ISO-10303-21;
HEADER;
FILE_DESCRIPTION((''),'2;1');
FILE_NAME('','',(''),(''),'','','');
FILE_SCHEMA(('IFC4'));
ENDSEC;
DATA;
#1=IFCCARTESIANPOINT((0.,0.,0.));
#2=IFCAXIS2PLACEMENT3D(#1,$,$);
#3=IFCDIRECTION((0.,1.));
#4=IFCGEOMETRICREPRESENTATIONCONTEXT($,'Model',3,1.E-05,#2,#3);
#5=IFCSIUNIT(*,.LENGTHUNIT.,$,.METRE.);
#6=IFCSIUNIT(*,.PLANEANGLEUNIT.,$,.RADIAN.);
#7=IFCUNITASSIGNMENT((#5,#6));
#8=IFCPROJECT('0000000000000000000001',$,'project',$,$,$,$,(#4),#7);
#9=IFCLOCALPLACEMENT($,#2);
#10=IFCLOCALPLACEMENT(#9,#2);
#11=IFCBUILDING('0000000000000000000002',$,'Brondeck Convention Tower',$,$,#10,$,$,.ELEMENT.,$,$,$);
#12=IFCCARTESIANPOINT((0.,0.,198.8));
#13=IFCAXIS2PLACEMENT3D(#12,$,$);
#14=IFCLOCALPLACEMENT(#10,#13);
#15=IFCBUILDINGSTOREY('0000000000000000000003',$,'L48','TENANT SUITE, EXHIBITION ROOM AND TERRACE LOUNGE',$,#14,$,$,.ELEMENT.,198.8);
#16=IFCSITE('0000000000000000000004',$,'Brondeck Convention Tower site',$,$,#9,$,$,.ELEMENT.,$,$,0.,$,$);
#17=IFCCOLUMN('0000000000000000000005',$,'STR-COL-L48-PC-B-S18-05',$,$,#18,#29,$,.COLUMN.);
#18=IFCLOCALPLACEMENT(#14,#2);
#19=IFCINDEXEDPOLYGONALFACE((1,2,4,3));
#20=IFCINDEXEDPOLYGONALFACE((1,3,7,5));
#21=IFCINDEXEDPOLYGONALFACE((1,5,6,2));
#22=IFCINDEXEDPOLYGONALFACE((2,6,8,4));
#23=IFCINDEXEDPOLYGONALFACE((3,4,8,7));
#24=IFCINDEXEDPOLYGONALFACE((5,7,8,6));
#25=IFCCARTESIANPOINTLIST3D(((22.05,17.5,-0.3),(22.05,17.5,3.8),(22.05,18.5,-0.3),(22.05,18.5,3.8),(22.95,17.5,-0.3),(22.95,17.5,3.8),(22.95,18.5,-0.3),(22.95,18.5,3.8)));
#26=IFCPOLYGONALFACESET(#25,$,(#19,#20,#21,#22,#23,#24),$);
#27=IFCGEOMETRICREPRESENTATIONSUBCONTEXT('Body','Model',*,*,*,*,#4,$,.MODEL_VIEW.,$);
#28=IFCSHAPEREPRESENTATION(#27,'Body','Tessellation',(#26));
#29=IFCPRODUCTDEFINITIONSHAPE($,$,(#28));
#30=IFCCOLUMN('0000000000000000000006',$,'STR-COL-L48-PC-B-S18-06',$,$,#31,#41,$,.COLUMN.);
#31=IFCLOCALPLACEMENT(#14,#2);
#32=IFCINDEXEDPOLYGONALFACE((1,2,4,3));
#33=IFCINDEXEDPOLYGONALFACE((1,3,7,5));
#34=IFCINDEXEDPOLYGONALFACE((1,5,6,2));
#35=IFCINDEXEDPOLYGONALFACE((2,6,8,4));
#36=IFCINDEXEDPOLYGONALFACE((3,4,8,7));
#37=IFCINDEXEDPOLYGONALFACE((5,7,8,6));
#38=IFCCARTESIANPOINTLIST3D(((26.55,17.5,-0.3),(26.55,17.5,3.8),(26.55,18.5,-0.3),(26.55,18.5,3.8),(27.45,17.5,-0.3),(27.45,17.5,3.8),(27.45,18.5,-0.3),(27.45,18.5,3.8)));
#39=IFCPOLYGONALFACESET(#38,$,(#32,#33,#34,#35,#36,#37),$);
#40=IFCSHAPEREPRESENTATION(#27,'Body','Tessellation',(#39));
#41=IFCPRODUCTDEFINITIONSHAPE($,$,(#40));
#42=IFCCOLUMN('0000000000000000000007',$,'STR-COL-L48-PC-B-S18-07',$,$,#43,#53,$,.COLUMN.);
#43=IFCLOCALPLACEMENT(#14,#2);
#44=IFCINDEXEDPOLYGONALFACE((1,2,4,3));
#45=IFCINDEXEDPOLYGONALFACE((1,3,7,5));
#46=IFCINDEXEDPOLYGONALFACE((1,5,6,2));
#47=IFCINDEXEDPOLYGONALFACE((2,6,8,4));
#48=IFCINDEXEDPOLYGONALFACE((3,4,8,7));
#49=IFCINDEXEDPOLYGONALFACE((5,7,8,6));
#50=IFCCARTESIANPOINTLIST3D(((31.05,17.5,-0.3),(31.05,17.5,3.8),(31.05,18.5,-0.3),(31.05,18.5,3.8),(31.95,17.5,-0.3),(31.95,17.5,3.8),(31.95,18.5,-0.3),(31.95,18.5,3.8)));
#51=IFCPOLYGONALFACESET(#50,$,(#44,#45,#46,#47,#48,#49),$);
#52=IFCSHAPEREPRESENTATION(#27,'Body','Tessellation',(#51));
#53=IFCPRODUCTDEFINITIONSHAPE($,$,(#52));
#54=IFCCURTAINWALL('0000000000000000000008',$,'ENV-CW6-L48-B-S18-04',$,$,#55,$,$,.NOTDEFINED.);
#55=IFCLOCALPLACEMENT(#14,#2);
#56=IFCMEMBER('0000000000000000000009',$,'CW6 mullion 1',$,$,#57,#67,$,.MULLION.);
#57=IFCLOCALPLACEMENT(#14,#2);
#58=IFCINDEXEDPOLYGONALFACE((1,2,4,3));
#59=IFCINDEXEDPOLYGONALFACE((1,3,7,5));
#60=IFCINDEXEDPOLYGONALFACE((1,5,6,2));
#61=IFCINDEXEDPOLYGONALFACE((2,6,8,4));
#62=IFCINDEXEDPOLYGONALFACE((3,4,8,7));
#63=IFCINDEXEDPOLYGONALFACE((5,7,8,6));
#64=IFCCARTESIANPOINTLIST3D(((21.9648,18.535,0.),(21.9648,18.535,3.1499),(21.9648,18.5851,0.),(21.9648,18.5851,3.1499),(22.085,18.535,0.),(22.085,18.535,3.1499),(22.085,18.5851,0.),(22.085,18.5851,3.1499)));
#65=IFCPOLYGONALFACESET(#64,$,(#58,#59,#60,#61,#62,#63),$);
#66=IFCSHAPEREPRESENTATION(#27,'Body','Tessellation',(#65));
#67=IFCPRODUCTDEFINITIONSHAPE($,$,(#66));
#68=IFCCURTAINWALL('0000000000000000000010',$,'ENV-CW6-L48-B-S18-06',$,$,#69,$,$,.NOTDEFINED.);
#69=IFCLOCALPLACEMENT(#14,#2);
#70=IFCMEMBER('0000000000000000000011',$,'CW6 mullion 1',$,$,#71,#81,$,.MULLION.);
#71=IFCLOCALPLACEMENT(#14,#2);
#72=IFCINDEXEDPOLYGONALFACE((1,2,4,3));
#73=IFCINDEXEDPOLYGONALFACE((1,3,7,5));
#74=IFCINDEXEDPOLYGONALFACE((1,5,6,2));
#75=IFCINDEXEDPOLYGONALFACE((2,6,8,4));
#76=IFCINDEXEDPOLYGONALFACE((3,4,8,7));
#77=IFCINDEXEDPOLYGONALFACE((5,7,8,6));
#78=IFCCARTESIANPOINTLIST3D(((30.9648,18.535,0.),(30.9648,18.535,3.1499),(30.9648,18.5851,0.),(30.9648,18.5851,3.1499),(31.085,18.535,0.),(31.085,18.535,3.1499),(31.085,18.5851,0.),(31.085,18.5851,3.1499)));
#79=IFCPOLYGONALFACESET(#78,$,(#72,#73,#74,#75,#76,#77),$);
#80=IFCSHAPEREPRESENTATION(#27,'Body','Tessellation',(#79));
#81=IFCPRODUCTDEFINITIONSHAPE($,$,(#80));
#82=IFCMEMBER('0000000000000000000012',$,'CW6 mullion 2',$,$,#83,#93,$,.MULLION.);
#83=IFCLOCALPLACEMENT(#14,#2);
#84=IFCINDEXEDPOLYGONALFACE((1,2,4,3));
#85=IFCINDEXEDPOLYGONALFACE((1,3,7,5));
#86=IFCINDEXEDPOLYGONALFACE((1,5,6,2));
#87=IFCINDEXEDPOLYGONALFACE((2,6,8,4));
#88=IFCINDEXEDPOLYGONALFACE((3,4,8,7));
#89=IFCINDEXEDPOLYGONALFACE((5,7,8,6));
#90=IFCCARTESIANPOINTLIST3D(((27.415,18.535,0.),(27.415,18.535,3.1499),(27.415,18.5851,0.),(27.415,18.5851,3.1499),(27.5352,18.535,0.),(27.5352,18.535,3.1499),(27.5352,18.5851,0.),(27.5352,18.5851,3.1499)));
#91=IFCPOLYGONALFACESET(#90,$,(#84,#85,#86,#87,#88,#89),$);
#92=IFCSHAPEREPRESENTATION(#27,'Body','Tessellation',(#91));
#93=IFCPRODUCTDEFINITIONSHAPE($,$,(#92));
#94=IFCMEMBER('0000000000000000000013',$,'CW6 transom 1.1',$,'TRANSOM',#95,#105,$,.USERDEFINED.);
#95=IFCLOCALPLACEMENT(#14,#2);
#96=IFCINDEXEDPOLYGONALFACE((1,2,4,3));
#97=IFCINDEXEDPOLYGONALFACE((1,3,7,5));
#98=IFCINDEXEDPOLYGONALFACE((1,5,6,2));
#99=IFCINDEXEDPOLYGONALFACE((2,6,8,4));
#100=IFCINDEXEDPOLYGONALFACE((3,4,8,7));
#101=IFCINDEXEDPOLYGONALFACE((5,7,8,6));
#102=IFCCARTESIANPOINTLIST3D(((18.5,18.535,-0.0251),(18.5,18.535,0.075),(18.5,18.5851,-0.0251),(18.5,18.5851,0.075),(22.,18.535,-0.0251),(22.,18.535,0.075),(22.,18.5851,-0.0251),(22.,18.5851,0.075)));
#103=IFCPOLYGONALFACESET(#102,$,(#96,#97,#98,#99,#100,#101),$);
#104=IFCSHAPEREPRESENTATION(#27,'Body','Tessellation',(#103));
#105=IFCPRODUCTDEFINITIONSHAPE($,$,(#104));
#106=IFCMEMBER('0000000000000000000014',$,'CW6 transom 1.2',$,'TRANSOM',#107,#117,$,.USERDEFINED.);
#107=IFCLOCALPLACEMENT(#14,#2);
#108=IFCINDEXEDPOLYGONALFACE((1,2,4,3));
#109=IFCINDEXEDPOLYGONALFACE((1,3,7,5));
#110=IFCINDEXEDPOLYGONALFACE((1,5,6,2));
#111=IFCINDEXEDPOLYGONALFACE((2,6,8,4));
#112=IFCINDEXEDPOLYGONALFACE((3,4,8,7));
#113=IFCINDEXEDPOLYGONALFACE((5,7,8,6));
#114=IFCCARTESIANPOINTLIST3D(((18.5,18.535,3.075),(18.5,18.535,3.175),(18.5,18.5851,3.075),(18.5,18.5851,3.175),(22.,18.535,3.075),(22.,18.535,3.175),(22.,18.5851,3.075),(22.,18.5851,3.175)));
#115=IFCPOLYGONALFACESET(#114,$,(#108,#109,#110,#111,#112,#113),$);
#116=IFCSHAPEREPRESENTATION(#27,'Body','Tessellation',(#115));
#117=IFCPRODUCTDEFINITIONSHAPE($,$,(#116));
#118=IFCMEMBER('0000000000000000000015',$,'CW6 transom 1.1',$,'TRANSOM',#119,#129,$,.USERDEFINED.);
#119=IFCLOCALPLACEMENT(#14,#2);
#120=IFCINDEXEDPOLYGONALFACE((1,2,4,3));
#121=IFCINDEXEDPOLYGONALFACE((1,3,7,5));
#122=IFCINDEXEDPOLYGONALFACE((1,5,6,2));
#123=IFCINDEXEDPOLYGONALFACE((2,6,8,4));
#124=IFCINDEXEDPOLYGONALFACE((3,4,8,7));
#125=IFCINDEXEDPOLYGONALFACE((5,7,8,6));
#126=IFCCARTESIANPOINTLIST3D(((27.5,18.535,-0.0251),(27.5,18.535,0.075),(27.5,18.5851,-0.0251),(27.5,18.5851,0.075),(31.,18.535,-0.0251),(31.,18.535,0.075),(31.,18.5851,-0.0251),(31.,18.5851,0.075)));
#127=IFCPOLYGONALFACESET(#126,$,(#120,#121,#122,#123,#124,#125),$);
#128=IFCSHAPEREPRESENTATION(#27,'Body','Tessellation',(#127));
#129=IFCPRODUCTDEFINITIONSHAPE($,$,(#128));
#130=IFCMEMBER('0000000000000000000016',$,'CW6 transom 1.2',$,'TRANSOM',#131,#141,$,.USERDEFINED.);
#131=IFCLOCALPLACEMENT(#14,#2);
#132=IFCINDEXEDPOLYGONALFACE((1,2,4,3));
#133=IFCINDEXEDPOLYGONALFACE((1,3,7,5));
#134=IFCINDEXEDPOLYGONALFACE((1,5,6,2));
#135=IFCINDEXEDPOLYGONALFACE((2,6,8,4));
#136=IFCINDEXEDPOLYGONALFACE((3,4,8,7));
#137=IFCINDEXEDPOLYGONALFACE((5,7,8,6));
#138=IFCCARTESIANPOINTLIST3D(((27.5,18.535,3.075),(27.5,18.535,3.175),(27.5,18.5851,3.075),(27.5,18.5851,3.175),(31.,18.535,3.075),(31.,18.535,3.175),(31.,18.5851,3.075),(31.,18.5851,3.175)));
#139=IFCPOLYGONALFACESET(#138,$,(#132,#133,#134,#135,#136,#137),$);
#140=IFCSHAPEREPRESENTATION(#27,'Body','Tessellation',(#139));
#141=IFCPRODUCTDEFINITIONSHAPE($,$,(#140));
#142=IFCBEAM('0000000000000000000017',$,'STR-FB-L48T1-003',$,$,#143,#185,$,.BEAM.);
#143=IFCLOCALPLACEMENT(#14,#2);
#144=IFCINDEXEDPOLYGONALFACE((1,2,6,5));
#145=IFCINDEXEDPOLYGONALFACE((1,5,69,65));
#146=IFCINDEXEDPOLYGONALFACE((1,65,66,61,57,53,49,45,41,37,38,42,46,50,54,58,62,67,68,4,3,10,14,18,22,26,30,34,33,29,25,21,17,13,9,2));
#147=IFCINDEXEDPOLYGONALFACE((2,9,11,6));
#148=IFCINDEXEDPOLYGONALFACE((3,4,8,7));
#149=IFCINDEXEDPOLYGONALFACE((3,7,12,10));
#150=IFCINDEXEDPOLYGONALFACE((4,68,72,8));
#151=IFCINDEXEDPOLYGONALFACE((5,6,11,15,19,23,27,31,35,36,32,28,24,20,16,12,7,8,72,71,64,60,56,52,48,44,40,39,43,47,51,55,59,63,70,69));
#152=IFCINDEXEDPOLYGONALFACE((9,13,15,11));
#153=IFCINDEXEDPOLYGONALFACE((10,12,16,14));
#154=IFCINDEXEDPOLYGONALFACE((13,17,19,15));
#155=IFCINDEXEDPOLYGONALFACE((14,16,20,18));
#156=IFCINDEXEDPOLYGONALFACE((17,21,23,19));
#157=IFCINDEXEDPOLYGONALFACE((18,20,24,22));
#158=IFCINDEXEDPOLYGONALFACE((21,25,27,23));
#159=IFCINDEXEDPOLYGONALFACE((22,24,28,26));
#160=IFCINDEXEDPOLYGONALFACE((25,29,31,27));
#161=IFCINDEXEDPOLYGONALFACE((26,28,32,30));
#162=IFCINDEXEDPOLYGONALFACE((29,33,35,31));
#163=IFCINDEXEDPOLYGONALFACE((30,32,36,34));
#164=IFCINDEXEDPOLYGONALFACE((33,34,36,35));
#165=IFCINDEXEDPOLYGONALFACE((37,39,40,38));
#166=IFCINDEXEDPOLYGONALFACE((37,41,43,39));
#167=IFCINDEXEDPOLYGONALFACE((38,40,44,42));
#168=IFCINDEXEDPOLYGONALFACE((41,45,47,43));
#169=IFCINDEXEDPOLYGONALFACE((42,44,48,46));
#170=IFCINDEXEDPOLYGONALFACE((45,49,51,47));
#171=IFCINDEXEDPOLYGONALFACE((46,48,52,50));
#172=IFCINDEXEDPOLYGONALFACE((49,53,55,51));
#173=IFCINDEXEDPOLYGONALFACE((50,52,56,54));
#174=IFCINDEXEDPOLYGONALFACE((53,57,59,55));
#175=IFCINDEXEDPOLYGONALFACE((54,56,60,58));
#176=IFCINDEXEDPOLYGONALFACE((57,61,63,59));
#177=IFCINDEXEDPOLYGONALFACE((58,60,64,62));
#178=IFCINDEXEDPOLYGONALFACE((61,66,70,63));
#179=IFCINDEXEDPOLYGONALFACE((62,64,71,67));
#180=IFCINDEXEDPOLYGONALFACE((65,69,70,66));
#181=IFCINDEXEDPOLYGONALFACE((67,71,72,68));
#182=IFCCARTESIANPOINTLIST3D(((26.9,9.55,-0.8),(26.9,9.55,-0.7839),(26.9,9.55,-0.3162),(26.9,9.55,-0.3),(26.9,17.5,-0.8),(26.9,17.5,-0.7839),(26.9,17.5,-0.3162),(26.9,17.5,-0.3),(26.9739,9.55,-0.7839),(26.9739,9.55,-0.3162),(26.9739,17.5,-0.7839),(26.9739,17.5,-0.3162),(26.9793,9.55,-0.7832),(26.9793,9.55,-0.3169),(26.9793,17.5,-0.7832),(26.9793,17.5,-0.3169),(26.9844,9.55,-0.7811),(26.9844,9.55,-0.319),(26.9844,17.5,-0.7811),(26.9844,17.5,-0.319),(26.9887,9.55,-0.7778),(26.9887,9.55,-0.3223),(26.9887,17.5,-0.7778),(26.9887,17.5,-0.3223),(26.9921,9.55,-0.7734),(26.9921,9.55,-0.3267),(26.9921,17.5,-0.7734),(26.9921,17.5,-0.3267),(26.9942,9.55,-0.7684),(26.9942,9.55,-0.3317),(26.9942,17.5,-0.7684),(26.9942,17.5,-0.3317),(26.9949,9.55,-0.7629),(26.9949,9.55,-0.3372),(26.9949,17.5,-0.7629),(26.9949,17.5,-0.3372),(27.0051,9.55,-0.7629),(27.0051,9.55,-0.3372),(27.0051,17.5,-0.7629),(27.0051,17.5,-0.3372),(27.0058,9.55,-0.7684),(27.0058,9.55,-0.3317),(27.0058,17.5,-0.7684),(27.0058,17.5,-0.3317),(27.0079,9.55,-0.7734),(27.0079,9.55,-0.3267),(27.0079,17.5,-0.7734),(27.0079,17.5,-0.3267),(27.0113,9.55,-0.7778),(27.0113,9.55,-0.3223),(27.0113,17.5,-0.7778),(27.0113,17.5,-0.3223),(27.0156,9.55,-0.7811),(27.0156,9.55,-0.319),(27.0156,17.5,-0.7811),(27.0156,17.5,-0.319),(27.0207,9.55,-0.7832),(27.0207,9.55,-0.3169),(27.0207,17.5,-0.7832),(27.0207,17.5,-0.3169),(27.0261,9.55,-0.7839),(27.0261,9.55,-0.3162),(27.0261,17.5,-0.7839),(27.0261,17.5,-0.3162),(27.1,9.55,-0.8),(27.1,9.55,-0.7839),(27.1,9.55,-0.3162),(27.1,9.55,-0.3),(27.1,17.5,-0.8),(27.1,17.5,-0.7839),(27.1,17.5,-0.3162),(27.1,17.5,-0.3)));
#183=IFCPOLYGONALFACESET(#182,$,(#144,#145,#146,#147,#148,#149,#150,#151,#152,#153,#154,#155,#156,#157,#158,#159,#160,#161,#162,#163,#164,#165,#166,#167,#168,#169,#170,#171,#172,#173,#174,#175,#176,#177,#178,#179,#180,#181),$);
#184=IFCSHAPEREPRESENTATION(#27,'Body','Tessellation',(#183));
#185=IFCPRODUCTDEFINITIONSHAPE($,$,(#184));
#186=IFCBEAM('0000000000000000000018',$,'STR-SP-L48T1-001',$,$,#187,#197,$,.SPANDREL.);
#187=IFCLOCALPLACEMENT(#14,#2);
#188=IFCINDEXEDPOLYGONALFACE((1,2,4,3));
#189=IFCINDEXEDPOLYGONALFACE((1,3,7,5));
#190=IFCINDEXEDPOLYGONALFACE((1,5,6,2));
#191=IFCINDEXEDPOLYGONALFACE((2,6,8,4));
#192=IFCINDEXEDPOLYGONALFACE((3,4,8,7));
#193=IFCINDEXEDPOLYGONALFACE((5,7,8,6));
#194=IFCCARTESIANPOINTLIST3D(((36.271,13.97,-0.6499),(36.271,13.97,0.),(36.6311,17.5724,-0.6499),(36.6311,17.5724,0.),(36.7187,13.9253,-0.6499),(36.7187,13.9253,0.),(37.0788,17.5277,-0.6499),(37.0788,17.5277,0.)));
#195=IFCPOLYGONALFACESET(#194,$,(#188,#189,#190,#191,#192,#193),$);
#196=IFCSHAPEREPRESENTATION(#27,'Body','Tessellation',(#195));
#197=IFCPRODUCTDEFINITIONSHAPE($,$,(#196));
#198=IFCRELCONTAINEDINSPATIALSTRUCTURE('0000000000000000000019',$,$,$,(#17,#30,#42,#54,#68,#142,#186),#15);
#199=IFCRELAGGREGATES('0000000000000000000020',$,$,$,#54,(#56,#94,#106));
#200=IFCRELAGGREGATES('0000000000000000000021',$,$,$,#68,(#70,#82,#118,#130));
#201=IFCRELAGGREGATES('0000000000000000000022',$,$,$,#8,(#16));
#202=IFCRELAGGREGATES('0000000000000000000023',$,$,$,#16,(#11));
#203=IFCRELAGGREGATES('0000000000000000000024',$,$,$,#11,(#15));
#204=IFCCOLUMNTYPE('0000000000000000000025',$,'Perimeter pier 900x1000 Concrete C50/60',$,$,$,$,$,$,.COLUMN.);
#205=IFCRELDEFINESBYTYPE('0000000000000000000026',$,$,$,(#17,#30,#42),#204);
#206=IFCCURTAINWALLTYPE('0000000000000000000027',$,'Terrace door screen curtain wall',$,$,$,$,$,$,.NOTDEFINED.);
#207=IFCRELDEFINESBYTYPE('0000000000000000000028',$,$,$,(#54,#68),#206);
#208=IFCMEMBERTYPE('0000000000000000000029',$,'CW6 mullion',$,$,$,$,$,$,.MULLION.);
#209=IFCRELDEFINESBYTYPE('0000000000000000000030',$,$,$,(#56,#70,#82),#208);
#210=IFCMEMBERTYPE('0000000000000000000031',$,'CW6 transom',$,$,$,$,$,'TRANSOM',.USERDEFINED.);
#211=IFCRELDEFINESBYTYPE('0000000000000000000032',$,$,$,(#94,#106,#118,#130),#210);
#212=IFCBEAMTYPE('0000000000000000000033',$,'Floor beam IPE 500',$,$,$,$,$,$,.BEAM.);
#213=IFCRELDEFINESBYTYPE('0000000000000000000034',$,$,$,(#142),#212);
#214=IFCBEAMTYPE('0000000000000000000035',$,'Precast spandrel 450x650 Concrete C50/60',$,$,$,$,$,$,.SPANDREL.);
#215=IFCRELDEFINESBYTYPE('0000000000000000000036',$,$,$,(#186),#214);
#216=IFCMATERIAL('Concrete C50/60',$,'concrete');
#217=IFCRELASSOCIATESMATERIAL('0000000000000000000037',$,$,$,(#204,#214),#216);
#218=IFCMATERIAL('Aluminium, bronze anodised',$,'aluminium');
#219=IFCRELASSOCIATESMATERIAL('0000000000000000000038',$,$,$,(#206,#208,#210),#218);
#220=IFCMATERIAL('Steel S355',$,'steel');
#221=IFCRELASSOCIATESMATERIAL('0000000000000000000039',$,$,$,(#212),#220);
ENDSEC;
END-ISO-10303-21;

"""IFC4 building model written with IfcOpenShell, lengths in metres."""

from ifc_helpers import new_model, si_unit, direction, frame, origin, origin_2d, place, context, subcontext, project, spatial, rectangle, i_section, extrude, material, material_profile, profile_set, type_object, element, aggregate, save


model = new_model("IFC4")

# Units and contexts
model_context = context("Model", 3, precision=1e-05, world=origin(), true_north=direction((0.0, 1.0)))
body_context = subcontext(model_context, "Body", "Model", "MODEL_VIEW")
ifc_project = project(units=[si_unit("LENGTHUNIT", "METRE"), si_unit("PLANEANGLEUNIT", "RADIAN")], contexts=[model_context])

# Site, building, storey
site_placement = place(None, origin())
site = spatial("IfcSite", under=ifc_project, at=site_placement, Name="Brondeck Convention Tower site", CompositionType="ELEMENT", RefElevation=0.0)
building_placement = place(site_placement, origin())
building = spatial("IfcBuilding", under=site, at=building_placement, Name="Brondeck Convention Tower", CompositionType="ELEMENT")
storey_placement = place(building_placement, frame((0.0, 0.0, 198.8)))
storey = spatial("IfcBuildingStorey", under=building, at=storey_placement, Name="L48", Description="TENANT SUITE, EXHIBITION ROOM AND TERRACE LOUNGE", CompositionType="ELEMENT", Elevation=198.8)

# Columns
ifc_material_1 = material(Name="Concrete C50/60", Category="concrete")
ifc_material_profile_1 = material_profile(ifc_material_1, rectangle(XDim=0.8999, YDim=1.0, at=origin_2d()), Name="Perimeter pier 900x1000 Concrete C50/60")
ifc_profile_set_1 = profile_set([ifc_material_profile_1], Name="Concrete C50/60")
column_type = type_object("IfcColumnType", Name="Perimeter pier 900x1000 Concrete C50/60", PredefinedType="COLUMN", material=ifc_profile_set_1)
for number, where, z_axis, x_axis, name in (
    (1, (22.5, 18.0, -0.3), (0.0, 0.0, 1.0), (1.0, 0.0, 0.0), "STR-COL-L48-PC-B-S18-05"),
    (2, (27.0, 18.0, -0.3), (0.0, 0.0, 1.0), (1.0, 0.0, 0.0), "STR-COL-L48-PC-B-S18-06"),
    (3, (31.5, 18.0, -0.3), (0.0, 0.0, 1.0), (1.0, 0.0, 0.0), "STR-COL-L48-PC-B-S18-07"),
):
    element("IfcColumn", number, at=place(storey_placement, frame(where, z_axis=z_axis, x_axis=x_axis)), inside=storey, type_object=column_type, Name=name, PredefinedType="COLUMN", context=body_context, shape_type="SweptSolid", body=[
        extrude(rectangle(XDim=0.8999, YDim=1.0, at=origin_2d()), origin(), (0.0, 0.0, 1.0), 4.1001),
    ])

# Curtain wall, member
ifc_material_2 = material(Name="Aluminium, bronze anodised", Category="aluminium")
curtain_wall_type = type_object("IfcCurtainWallType", Name="Terrace door screen curtain wall", PredefinedType="NOTDEFINED", material=ifc_material_2)
curtain_wall_1_placement = place(storey_placement, origin())
curtain_wall_1 = element("IfcCurtainWall", 4, at=curtain_wall_1_placement, inside=storey, type_object=curtain_wall_type, Name="ENV-CW6-L48-B-S18-04", PredefinedType="NOTDEFINED")
ifc_material_profile_2 = material_profile(ifc_material_2, rectangle(XDim=0.05, YDim=0.1201, at=origin_2d()), Name="CW6 mullion")
ifc_profile_set_2 = profile_set([ifc_material_profile_2], Name="Aluminium, bronze anodised")
member_type_1 = type_object("IfcMemberType", Name="CW6 mullion", PredefinedType="MULLION", material=ifc_profile_set_2)
member_1_placement = place(storey_placement, frame((22.0249, 18.5601, 0.0), z_axis=(0.0, 0.0, 1.0), x_axis=(0.0, -1.0, 0.0)))
member_1 = element("IfcMember", 5, at=member_1_placement, type_object=member_type_1, Name="CW6 mullion 1", PredefinedType="MULLION", context=body_context, shape_type="SweptSolid", body=[
    extrude(rectangle(XDim=0.05, YDim=0.1201, at=origin_2d()), origin(), (0.0, 0.0, 1.0), 3.1499),
])

# Curtain wall, members
curtain_wall_2_placement = place(storey_placement, origin())
curtain_wall_2 = element("IfcCurtainWall", 6, at=curtain_wall_2_placement, inside=storey, type_object=curtain_wall_type, Name="ENV-CW6-L48-B-S18-06", PredefinedType="NOTDEFINED")
member_2_placement = place(storey_placement, frame((31.0249, 18.5601, 0.0), z_axis=(0.0, 0.0, 1.0), x_axis=(0.0, -1.0, 0.0)))
member_2 = element("IfcMember", 7, at=member_2_placement, type_object=member_type_1, Name="CW6 mullion 1", PredefinedType="MULLION", context=body_context, shape_type="SweptSolid", body=[
    extrude(rectangle(XDim=0.05, YDim=0.1201, at=origin_2d()), origin(), (0.0, 0.0, 1.0), 3.1499),
])
member_3_placement = place(storey_placement, frame((27.4751, 18.5601, 0.0), z_axis=(0.0, 0.0, 1.0), x_axis=(0.0, -1.0, 0.0)))
member_3 = element("IfcMember", 8, at=member_3_placement, type_object=member_type_1, Name="CW6 mullion 2", PredefinedType="MULLION", context=body_context, shape_type="SweptSolid", body=[
    extrude(rectangle(XDim=0.05, YDim=0.1201, at=origin_2d()), origin(), (0.0, 0.0, 1.0), 3.1499),
])

# Members
ifc_material_profile_3 = material_profile(ifc_material_2, rectangle(XDim=0.05, YDim=0.1001, at=origin_2d()), Name="CW6 transom")
ifc_profile_set_3 = profile_set([ifc_material_profile_3], Name="Aluminium, bronze anodised")
member_type_2 = type_object("IfcMemberType", Name="CW6 transom", ElementType="TRANSOM", PredefinedType="USERDEFINED", material=ifc_profile_set_3)
member_4_placement = place(storey_placement, frame((22.0, 18.5601, 0.0249), z_axis=(-1.0, 0.0, 0.0), x_axis=(0.0, -1.0, 0.0)))
member_4 = element("IfcMember", 9, at=member_4_placement, type_object=member_type_2, Name="CW6 transom 1.1", ObjectType="TRANSOM", PredefinedType="USERDEFINED", context=body_context, shape_type="SweptSolid", body=[
    extrude(rectangle(XDim=0.05, YDim=0.1001, at=origin_2d()), origin(), (0.0, 0.0, 1.0), 3.5),
])
member_5_placement = place(storey_placement, frame((22.0, 18.5601, 3.125), z_axis=(-1.0, 0.0, 0.0), x_axis=(0.0, -1.0, 0.0)))
member_5 = element("IfcMember", 10, at=member_5_placement, type_object=member_type_2, Name="CW6 transom 1.2", ObjectType="TRANSOM", PredefinedType="USERDEFINED", context=body_context, shape_type="SweptSolid", body=[
    extrude(rectangle(XDim=0.05, YDim=0.1001, at=origin_2d()), origin(), (0.0, 0.0, 1.0), 3.5),
])
aggregate(curtain_wall_1, [member_1, member_4, member_5])
member_6_placement = place(storey_placement, frame((31.0, 18.5601, 0.0249), z_axis=(-1.0, 0.0, 0.0), x_axis=(0.0, -1.0, 0.0)))
member_6 = element("IfcMember", 11, at=member_6_placement, type_object=member_type_2, Name="CW6 transom 1.1", ObjectType="TRANSOM", PredefinedType="USERDEFINED", context=body_context, shape_type="SweptSolid", body=[
    extrude(rectangle(XDim=0.05, YDim=0.1001, at=origin_2d()), origin(), (0.0, 0.0, 1.0), 3.5),
])
member_7_placement = place(storey_placement, frame((31.0, 18.5601, 3.125), z_axis=(-1.0, 0.0, 0.0), x_axis=(0.0, -1.0, 0.0)))
member_7 = element("IfcMember", 12, at=member_7_placement, type_object=member_type_2, Name="CW6 transom 1.2", ObjectType="TRANSOM", PredefinedType="USERDEFINED", context=body_context, shape_type="SweptSolid", body=[
    extrude(rectangle(XDim=0.05, YDim=0.1001, at=origin_2d()), origin(), (0.0, 0.0, 1.0), 3.5),
])

# Beams
ifc_material_3 = material(Name="Steel S355", Category="steel")
ifc_material_profile_4 = material_profile(ifc_material_3, i_section(OverallWidth=0.2, OverallDepth=0.5, WebThickness=0.0103, FlangeThickness=0.0161, FilletRadius=0.021, at=origin_2d()), Name="IPE 500")
ifc_profile_set_4 = profile_set([ifc_material_profile_4], Name="Steel S355")
beam_type_1 = type_object("IfcBeamType", Name="Floor beam IPE 500", PredefinedType="BEAM", material=ifc_profile_set_4)
beam_1_placement = place(storey_placement, frame((27.0, 9.55, -0.55), z_axis=(0.0, 1.0, 0.0), x_axis=(-1.0, 0.0, 0.0)))
element("IfcBeam", 13, at=beam_1_placement, inside=storey, type_object=beam_type_1, Name="STR-FB-L48T1-003", PredefinedType="BEAM", context=body_context, shape_type="SweptSolid", body=[
    extrude(i_section(OverallWidth=0.2, OverallDepth=0.5, WebThickness=0.0103, FlangeThickness=0.0161, FilletRadius=0.021, at=origin_2d()), origin(), (0.0, 0.0, 1.0), 7.95),
])
ifc_material_profile_5 = material_profile(ifc_material_1, rectangle(XDim=0.45, YDim=0.6499, at=origin_2d()), Name="Precast spandrel 450x650 Concrete C50/60")
ifc_profile_set_5 = profile_set([ifc_material_profile_5], Name="Concrete C50/60")
beam_type_2 = type_object("IfcBeamType", Name="Precast spandrel 450x650 Concrete C50/60", PredefinedType="SPANDREL", material=ifc_profile_set_5)
beam_2_placement = place(storey_placement, frame((36.855, 17.55, -0.325), z_axis=(-0.09947, -0.995041, 0.0), x_axis=(0.995041, -0.09947, 0.0)))
element("IfcBeam", 14, at=beam_2_placement, inside=storey, type_object=beam_type_2, Name="STR-SP-L48T1-001", PredefinedType="SPANDREL", context=body_context, shape_type="SweptSolid", body=[
    extrude(rectangle(XDim=0.45, YDim=0.6499, at=origin_2d()), origin(), (0.0, 0.0, 1.0), 3.6204),
])

aggregate(curtain_wall_2, [member_2, member_3, member_6, member_7])

save(model, "model.ifc")
